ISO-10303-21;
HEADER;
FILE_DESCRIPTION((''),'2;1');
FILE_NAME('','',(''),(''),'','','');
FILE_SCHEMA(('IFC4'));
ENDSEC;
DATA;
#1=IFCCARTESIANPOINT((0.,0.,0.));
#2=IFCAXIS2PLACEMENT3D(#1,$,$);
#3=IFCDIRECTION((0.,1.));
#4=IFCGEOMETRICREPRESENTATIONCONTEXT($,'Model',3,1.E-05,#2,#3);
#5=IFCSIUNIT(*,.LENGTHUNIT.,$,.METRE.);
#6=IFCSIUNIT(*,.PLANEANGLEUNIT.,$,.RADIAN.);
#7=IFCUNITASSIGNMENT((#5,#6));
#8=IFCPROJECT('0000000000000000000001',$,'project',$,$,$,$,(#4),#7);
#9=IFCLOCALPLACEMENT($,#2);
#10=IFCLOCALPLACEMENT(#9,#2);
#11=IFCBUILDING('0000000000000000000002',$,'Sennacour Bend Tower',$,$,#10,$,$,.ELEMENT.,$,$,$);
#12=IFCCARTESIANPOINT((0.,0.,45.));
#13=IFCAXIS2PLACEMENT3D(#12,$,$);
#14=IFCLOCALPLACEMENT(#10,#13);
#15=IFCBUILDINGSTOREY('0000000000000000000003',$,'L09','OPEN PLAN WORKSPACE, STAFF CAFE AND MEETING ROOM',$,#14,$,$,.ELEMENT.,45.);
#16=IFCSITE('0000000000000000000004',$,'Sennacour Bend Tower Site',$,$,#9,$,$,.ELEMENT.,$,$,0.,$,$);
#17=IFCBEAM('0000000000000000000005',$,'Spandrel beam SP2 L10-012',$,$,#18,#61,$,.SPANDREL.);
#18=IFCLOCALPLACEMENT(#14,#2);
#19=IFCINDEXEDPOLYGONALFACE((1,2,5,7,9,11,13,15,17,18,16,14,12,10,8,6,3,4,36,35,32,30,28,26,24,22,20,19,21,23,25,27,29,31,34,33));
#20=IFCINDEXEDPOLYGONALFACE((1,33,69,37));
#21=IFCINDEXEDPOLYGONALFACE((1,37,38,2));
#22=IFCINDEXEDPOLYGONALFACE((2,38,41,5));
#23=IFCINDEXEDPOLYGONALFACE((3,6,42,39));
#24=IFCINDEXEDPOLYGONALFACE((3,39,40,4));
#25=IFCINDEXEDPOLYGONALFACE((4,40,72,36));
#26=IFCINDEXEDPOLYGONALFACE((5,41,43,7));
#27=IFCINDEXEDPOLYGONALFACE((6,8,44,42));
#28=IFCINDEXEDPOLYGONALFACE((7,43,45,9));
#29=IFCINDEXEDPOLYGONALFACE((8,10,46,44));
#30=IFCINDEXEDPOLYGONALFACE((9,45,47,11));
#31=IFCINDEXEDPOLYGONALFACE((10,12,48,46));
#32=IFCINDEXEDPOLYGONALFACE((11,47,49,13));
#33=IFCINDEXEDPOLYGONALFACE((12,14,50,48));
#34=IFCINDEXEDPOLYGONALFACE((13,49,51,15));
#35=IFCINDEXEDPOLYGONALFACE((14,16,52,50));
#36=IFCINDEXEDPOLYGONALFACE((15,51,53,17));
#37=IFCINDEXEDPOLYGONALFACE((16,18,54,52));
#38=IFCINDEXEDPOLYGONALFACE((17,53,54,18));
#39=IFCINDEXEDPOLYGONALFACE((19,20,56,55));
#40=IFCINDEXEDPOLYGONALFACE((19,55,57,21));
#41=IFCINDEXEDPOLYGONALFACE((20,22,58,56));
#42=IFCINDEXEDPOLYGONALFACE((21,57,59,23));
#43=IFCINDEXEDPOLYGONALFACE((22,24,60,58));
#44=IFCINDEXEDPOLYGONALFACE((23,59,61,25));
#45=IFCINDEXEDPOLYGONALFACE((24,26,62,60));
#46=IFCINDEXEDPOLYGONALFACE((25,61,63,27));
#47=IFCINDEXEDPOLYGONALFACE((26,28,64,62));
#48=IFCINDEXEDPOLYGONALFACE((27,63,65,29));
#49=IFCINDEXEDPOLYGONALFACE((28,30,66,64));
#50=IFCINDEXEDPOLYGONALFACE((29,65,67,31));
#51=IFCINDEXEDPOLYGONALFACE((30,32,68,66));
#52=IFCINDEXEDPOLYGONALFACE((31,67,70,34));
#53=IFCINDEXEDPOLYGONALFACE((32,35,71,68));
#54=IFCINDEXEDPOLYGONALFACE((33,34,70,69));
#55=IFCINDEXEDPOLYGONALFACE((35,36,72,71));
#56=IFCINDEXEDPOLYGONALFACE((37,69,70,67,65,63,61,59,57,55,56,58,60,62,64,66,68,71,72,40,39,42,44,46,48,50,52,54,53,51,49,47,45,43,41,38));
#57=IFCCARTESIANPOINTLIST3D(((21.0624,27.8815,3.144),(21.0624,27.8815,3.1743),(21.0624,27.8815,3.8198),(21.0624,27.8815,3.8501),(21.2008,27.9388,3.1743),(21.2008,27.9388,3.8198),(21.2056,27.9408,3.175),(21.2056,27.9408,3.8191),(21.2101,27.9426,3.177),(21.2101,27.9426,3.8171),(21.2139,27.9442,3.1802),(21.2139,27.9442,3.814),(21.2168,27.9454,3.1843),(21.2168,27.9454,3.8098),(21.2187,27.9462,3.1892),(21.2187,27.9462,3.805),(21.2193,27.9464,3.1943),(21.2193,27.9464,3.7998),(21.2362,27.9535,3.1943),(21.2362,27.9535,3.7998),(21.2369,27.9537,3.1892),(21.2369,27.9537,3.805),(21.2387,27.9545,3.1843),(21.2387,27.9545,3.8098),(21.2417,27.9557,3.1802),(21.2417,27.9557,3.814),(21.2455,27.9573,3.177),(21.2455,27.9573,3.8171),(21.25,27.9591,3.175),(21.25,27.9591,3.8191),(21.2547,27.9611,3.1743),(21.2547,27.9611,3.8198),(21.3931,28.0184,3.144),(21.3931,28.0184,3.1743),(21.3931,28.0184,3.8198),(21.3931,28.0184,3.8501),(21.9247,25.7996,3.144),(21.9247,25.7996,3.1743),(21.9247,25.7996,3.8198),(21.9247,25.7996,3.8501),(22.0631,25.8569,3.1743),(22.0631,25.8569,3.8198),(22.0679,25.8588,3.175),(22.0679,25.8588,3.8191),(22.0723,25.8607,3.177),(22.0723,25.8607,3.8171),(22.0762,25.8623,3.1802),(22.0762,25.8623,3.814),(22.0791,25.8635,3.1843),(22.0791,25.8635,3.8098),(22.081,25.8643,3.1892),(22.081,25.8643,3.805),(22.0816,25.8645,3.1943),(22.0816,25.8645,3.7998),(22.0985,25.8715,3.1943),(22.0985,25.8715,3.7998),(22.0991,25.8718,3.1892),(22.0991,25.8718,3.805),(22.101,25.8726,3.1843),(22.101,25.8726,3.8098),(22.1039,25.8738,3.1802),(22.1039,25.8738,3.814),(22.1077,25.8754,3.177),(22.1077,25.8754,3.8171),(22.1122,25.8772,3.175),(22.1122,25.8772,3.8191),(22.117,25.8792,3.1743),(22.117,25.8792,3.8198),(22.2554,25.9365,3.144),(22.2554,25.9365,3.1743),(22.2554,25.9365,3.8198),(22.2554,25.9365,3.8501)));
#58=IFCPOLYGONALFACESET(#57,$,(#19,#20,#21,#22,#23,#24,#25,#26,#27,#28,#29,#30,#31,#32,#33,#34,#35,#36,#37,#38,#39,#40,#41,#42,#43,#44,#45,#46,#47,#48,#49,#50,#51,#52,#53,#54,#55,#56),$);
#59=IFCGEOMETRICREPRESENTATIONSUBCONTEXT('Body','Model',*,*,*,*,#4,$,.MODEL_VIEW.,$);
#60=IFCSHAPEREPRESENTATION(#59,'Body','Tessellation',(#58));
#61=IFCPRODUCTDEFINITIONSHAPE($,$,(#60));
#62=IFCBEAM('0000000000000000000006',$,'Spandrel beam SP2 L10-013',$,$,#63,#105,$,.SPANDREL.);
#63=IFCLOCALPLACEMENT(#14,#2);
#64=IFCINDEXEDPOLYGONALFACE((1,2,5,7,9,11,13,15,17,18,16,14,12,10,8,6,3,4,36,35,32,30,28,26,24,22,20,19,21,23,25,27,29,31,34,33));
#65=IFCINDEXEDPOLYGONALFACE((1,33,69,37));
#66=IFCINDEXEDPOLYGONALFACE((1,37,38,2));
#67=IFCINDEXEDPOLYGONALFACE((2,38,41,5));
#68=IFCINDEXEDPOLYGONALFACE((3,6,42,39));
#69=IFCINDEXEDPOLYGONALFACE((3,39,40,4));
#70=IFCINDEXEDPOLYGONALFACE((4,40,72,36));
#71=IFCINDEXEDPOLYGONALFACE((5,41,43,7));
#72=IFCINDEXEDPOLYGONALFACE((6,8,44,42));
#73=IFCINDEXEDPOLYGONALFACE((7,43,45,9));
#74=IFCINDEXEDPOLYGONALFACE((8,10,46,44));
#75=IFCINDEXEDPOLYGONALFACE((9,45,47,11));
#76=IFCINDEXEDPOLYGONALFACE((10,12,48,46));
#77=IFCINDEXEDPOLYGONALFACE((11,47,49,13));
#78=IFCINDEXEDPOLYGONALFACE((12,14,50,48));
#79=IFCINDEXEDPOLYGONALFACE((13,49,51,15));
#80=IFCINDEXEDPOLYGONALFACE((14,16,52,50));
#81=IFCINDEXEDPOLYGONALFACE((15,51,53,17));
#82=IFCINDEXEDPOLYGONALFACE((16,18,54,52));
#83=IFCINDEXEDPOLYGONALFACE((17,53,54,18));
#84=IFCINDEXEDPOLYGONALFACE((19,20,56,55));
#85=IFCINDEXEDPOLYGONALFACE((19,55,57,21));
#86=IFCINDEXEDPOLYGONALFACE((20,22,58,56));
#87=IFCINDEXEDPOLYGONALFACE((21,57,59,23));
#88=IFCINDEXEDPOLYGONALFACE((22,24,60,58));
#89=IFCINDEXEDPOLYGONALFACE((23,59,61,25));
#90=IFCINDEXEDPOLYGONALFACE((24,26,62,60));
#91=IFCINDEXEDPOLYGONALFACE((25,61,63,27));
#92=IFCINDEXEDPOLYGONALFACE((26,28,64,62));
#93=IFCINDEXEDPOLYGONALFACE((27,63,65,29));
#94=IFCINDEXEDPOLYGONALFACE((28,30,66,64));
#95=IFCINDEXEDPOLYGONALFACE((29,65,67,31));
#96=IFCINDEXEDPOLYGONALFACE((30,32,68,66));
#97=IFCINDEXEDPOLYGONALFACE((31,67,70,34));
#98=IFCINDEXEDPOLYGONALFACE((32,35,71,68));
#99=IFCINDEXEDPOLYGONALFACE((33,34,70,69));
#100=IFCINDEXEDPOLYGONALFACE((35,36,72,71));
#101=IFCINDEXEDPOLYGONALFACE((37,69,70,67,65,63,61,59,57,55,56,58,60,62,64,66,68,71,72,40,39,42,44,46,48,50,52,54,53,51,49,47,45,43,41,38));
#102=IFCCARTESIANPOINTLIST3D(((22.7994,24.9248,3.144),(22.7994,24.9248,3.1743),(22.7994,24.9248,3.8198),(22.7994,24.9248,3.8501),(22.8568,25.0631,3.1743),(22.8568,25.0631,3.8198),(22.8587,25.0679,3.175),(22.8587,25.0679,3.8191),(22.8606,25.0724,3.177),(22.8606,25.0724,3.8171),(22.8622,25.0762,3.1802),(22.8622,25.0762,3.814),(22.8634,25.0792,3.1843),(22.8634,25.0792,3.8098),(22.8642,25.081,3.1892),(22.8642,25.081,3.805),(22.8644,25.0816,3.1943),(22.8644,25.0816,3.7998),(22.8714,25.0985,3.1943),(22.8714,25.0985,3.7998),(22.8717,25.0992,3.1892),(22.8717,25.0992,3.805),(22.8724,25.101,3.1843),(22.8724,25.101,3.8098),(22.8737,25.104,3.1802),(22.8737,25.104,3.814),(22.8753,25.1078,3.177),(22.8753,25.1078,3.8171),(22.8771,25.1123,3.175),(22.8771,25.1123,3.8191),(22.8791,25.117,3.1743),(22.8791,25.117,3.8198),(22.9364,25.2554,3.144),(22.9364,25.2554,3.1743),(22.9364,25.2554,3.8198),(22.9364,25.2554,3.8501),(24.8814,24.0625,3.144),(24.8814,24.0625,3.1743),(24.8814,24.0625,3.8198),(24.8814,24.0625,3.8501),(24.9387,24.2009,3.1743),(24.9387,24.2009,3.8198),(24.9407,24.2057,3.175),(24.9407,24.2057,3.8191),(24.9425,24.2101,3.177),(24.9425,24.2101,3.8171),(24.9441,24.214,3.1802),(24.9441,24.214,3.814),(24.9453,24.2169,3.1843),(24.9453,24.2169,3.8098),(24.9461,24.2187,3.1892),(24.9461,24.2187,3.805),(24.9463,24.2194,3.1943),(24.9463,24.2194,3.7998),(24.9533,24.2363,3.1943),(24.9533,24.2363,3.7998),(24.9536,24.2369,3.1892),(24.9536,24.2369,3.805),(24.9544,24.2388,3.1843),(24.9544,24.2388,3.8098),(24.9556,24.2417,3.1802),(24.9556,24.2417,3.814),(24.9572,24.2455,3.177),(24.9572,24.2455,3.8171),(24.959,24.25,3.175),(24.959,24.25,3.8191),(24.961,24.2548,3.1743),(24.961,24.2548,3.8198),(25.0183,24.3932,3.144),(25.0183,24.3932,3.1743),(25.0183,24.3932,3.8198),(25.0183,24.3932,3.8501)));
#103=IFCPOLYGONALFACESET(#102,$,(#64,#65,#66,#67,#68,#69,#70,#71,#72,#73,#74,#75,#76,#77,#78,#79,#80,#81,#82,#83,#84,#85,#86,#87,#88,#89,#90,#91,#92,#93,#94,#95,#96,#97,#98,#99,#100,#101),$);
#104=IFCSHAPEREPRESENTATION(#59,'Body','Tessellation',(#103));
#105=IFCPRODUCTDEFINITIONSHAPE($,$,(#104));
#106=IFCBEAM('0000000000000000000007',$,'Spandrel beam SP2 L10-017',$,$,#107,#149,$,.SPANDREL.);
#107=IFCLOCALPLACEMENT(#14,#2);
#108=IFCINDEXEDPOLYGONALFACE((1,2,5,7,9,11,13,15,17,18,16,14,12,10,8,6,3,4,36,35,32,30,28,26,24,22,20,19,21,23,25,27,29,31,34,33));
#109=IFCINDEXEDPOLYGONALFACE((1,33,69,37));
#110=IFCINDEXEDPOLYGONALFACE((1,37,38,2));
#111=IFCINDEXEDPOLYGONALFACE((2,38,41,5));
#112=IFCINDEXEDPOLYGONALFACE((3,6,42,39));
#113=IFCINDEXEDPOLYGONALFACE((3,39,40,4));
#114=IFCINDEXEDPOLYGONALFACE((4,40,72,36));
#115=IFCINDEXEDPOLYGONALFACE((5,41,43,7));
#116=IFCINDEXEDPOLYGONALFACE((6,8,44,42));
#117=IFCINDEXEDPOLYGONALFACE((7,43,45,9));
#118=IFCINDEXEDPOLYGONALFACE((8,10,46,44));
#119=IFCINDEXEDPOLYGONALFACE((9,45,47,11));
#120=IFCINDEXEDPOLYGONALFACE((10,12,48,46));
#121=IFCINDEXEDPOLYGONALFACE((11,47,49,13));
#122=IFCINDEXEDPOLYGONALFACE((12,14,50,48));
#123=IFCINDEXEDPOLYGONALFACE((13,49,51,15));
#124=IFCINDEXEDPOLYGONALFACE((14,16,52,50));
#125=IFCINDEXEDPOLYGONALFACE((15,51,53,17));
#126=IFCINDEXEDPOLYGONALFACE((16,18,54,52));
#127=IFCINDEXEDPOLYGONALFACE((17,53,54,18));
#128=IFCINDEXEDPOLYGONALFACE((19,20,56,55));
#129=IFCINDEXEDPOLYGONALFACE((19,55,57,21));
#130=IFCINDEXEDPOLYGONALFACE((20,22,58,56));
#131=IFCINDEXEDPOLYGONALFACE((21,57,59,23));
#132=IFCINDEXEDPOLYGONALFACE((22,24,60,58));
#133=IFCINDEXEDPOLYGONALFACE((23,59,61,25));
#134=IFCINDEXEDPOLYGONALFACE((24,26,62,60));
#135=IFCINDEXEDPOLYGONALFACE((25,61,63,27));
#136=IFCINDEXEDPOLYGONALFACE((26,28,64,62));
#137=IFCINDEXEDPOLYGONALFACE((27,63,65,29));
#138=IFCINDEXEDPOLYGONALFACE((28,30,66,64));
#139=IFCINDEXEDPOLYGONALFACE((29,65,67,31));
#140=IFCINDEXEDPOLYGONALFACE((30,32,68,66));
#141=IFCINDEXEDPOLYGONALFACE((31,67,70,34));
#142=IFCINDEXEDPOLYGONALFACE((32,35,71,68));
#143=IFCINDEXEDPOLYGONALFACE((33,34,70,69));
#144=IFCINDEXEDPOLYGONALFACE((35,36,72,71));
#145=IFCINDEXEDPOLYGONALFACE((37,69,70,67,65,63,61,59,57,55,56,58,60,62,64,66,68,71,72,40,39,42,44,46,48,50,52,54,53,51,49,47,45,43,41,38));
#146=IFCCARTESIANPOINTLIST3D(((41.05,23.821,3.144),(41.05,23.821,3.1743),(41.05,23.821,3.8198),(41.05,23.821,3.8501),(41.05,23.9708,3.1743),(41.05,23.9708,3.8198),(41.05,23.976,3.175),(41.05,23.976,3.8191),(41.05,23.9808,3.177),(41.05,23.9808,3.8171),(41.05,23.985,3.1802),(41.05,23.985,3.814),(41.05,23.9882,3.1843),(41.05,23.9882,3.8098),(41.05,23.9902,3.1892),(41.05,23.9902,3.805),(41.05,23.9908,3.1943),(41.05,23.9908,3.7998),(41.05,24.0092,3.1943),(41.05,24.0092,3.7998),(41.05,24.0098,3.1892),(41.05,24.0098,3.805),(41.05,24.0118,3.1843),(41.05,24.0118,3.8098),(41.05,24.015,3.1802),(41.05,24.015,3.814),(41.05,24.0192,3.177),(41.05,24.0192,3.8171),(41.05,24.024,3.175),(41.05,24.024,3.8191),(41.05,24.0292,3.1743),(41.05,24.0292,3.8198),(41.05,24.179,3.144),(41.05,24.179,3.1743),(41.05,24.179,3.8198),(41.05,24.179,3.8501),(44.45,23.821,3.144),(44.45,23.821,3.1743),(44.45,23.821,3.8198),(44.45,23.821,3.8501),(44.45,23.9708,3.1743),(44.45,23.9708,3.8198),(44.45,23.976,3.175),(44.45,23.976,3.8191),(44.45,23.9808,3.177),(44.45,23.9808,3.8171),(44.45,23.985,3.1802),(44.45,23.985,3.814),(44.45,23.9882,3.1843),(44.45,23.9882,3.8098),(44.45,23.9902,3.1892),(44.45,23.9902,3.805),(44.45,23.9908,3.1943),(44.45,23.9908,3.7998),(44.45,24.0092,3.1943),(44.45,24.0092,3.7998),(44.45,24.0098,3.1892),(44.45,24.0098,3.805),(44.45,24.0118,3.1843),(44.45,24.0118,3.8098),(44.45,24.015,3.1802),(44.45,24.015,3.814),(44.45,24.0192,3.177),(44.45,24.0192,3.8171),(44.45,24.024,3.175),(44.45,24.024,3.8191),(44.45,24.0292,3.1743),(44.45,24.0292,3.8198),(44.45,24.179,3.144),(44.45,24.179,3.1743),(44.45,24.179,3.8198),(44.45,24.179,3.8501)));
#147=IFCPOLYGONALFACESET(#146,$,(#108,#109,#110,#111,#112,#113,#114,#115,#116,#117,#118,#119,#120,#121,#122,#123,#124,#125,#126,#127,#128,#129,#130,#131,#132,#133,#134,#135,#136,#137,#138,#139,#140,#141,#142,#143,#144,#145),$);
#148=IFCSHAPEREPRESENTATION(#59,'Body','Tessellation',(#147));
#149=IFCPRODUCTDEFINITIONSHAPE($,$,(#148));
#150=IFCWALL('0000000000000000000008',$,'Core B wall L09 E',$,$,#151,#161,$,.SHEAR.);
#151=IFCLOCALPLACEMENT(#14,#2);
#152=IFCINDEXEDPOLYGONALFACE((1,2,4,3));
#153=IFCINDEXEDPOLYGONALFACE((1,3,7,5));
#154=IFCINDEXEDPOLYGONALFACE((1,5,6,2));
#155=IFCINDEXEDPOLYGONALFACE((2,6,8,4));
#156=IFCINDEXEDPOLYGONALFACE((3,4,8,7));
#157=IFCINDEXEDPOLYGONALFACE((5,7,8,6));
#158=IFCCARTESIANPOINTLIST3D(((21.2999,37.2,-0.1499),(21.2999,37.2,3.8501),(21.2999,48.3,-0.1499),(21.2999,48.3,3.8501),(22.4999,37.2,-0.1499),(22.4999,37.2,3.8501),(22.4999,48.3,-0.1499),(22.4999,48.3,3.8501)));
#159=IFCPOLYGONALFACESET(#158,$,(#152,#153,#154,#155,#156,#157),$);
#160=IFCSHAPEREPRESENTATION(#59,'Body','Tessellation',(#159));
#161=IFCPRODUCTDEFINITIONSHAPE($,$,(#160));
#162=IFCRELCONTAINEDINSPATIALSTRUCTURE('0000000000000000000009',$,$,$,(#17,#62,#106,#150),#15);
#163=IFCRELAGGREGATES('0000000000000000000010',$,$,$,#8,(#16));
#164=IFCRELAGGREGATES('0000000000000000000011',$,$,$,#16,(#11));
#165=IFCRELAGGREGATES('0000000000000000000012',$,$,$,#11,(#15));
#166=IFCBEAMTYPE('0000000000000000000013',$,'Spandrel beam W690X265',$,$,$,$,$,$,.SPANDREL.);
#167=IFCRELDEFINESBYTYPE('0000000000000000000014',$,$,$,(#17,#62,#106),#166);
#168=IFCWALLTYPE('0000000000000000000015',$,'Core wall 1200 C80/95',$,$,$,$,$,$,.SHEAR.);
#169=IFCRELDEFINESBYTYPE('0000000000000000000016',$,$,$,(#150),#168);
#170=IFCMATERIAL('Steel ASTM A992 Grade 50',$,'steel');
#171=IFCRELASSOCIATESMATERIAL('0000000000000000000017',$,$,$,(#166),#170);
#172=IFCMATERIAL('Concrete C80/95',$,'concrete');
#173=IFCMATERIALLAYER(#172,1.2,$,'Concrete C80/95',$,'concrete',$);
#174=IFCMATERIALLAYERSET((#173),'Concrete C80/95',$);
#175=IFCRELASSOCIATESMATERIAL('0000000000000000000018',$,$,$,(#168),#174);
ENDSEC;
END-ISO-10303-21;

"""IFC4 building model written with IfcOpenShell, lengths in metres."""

from ifc_helpers import new_model, si_unit, direction, frame, frame_2d, origin, origin_2d, place, context, subcontext, project, spatial, rectangle, i_section, extrude, material, layer, layer_set, material_profile, profile_set, type_object, element, save


model = new_model("IFC4")

# Units and contexts
model_context = context("Model", 3, precision=1e-05, world=origin(), true_north=direction((0.0, 1.0)))
body_context = subcontext(model_context, "Body", "Model", "MODEL_VIEW")
ifc_project = project(units=[si_unit("LENGTHUNIT", "METRE"), si_unit("PLANEANGLEUNIT", "RADIAN")], contexts=[model_context])

# Site, building, storey
site_placement = place(None, origin())
site = spatial("IfcSite", under=ifc_project, at=site_placement, Name="Sennacour Bend Tower Site", CompositionType="ELEMENT", RefElevation=0.0)
building_placement = place(site_placement, origin())
building = spatial("IfcBuilding", under=site, at=building_placement, Name="Sennacour Bend Tower", CompositionType="ELEMENT")
storey_placement = place(building_placement, frame((0.0, 0.0, 45.0)))
storey = spatial("IfcBuildingStorey", under=building, at=storey_placement, Name="L09", Description="OPEN PLAN WORKSPACE, STAFF CAFE AND MEETING ROOM", CompositionType="ELEMENT", Elevation=45.0)

# Beams
ifc_material_1 = material(Name="Steel ASTM A992 Grade 50", Category="steel")
ifc_material_profile_1 = material_profile(ifc_material_1, i_section(OverallWidth=0.3579, OverallDepth=0.7061, WebThickness=0.0183, FlangeThickness=0.0303, FilletRadius=0.02, at=origin_2d()), Name="Steel ASTM A992 Grade 50", Category="steel")
ifc_profile_set_1 = profile_set([ifc_material_profile_1], Name="Steel ASTM A992 Grade 50")
beam_type = type_object("IfcBeamType", Name="Spandrel beam W690X265", PredefinedType="SPANDREL", material=ifc_profile_set_1)
for number, where, z_axis, x_axis, name in (
    (1, (21.2278, 27.95, 3.4971), (0.382645, -0.923895, 0.0), (0.923895, 0.382645, 0.0), "Spandrel beam SP2 L10-012"),
    (2, (22.8679, 25.0901, 3.4971), (0.923895, -0.382645, 0.0), (0.382645, 0.923895, 0.0), "Spandrel beam SP2 L10-013"),
):
    element("IfcBeam", number, at=place(storey_placement, frame(where, z_axis=z_axis, x_axis=x_axis)), inside=storey, type_object=beam_type, Name=name, PredefinedType="SPANDREL", context=body_context, shape_type="SweptSolid", body=[
        extrude(i_section(OverallWidth=0.3579, OverallDepth=0.7061, WebThickness=0.0183, FlangeThickness=0.0303, FilletRadius=0.02, at=origin_2d()), origin(), (0.0, 0.0, 1.0), 2.2534),
    ])
beam_1_placement = place(storey_placement, frame((41.05, 24.0, 3.4971), z_axis=(1.0, 0.0, 0.0), x_axis=(0.0, 1.0, 0.0)))
element("IfcBeam", 3, at=beam_1_placement, inside=storey, type_object=beam_type, Name="Spandrel beam SP2 L10-017", PredefinedType="SPANDREL", context=body_context, shape_type="SweptSolid", body=[
    extrude(i_section(OverallWidth=0.3579, OverallDepth=0.7061, WebThickness=0.0183, FlangeThickness=0.0303, FilletRadius=0.02, at=origin_2d()), origin(), (0.0, 0.0, 1.0), 3.3999),
])

# Wall
ifc_material_2 = material(Name="Concrete C80/95", Category="concrete")
ifc_layer_1 = layer(ifc_material_2, 1.2, Name="Concrete C80/95", Category="concrete")
ifc_layer_set_1 = layer_set([ifc_layer_1], Name="Concrete C80/95")
wall_type_1 = type_object("IfcWallType", Name="Core wall 1200 C80/95", PredefinedType="SHEAR", material=ifc_layer_set_1)
wall_1_placement = place(storey_placement, frame((21.8999, 37.2, -0.1499), z_axis=(0.0, 0.0, 1.0), x_axis=(0.0, 1.0, 0.0)))
element("IfcWall", 4, at=wall_1_placement, inside=storey, type_object=wall_type_1, Name="Core B wall L09 E", PredefinedType="SHEAR", context=body_context, shape_type="SweptSolid", body=[
    extrude(rectangle(XDim=11.1001, YDim=1.2, at=frame_2d((5.55, 0.0))), origin(), (0.0, 0.0, 1.0), 4.0),
])

save(model, "model.ifc")
